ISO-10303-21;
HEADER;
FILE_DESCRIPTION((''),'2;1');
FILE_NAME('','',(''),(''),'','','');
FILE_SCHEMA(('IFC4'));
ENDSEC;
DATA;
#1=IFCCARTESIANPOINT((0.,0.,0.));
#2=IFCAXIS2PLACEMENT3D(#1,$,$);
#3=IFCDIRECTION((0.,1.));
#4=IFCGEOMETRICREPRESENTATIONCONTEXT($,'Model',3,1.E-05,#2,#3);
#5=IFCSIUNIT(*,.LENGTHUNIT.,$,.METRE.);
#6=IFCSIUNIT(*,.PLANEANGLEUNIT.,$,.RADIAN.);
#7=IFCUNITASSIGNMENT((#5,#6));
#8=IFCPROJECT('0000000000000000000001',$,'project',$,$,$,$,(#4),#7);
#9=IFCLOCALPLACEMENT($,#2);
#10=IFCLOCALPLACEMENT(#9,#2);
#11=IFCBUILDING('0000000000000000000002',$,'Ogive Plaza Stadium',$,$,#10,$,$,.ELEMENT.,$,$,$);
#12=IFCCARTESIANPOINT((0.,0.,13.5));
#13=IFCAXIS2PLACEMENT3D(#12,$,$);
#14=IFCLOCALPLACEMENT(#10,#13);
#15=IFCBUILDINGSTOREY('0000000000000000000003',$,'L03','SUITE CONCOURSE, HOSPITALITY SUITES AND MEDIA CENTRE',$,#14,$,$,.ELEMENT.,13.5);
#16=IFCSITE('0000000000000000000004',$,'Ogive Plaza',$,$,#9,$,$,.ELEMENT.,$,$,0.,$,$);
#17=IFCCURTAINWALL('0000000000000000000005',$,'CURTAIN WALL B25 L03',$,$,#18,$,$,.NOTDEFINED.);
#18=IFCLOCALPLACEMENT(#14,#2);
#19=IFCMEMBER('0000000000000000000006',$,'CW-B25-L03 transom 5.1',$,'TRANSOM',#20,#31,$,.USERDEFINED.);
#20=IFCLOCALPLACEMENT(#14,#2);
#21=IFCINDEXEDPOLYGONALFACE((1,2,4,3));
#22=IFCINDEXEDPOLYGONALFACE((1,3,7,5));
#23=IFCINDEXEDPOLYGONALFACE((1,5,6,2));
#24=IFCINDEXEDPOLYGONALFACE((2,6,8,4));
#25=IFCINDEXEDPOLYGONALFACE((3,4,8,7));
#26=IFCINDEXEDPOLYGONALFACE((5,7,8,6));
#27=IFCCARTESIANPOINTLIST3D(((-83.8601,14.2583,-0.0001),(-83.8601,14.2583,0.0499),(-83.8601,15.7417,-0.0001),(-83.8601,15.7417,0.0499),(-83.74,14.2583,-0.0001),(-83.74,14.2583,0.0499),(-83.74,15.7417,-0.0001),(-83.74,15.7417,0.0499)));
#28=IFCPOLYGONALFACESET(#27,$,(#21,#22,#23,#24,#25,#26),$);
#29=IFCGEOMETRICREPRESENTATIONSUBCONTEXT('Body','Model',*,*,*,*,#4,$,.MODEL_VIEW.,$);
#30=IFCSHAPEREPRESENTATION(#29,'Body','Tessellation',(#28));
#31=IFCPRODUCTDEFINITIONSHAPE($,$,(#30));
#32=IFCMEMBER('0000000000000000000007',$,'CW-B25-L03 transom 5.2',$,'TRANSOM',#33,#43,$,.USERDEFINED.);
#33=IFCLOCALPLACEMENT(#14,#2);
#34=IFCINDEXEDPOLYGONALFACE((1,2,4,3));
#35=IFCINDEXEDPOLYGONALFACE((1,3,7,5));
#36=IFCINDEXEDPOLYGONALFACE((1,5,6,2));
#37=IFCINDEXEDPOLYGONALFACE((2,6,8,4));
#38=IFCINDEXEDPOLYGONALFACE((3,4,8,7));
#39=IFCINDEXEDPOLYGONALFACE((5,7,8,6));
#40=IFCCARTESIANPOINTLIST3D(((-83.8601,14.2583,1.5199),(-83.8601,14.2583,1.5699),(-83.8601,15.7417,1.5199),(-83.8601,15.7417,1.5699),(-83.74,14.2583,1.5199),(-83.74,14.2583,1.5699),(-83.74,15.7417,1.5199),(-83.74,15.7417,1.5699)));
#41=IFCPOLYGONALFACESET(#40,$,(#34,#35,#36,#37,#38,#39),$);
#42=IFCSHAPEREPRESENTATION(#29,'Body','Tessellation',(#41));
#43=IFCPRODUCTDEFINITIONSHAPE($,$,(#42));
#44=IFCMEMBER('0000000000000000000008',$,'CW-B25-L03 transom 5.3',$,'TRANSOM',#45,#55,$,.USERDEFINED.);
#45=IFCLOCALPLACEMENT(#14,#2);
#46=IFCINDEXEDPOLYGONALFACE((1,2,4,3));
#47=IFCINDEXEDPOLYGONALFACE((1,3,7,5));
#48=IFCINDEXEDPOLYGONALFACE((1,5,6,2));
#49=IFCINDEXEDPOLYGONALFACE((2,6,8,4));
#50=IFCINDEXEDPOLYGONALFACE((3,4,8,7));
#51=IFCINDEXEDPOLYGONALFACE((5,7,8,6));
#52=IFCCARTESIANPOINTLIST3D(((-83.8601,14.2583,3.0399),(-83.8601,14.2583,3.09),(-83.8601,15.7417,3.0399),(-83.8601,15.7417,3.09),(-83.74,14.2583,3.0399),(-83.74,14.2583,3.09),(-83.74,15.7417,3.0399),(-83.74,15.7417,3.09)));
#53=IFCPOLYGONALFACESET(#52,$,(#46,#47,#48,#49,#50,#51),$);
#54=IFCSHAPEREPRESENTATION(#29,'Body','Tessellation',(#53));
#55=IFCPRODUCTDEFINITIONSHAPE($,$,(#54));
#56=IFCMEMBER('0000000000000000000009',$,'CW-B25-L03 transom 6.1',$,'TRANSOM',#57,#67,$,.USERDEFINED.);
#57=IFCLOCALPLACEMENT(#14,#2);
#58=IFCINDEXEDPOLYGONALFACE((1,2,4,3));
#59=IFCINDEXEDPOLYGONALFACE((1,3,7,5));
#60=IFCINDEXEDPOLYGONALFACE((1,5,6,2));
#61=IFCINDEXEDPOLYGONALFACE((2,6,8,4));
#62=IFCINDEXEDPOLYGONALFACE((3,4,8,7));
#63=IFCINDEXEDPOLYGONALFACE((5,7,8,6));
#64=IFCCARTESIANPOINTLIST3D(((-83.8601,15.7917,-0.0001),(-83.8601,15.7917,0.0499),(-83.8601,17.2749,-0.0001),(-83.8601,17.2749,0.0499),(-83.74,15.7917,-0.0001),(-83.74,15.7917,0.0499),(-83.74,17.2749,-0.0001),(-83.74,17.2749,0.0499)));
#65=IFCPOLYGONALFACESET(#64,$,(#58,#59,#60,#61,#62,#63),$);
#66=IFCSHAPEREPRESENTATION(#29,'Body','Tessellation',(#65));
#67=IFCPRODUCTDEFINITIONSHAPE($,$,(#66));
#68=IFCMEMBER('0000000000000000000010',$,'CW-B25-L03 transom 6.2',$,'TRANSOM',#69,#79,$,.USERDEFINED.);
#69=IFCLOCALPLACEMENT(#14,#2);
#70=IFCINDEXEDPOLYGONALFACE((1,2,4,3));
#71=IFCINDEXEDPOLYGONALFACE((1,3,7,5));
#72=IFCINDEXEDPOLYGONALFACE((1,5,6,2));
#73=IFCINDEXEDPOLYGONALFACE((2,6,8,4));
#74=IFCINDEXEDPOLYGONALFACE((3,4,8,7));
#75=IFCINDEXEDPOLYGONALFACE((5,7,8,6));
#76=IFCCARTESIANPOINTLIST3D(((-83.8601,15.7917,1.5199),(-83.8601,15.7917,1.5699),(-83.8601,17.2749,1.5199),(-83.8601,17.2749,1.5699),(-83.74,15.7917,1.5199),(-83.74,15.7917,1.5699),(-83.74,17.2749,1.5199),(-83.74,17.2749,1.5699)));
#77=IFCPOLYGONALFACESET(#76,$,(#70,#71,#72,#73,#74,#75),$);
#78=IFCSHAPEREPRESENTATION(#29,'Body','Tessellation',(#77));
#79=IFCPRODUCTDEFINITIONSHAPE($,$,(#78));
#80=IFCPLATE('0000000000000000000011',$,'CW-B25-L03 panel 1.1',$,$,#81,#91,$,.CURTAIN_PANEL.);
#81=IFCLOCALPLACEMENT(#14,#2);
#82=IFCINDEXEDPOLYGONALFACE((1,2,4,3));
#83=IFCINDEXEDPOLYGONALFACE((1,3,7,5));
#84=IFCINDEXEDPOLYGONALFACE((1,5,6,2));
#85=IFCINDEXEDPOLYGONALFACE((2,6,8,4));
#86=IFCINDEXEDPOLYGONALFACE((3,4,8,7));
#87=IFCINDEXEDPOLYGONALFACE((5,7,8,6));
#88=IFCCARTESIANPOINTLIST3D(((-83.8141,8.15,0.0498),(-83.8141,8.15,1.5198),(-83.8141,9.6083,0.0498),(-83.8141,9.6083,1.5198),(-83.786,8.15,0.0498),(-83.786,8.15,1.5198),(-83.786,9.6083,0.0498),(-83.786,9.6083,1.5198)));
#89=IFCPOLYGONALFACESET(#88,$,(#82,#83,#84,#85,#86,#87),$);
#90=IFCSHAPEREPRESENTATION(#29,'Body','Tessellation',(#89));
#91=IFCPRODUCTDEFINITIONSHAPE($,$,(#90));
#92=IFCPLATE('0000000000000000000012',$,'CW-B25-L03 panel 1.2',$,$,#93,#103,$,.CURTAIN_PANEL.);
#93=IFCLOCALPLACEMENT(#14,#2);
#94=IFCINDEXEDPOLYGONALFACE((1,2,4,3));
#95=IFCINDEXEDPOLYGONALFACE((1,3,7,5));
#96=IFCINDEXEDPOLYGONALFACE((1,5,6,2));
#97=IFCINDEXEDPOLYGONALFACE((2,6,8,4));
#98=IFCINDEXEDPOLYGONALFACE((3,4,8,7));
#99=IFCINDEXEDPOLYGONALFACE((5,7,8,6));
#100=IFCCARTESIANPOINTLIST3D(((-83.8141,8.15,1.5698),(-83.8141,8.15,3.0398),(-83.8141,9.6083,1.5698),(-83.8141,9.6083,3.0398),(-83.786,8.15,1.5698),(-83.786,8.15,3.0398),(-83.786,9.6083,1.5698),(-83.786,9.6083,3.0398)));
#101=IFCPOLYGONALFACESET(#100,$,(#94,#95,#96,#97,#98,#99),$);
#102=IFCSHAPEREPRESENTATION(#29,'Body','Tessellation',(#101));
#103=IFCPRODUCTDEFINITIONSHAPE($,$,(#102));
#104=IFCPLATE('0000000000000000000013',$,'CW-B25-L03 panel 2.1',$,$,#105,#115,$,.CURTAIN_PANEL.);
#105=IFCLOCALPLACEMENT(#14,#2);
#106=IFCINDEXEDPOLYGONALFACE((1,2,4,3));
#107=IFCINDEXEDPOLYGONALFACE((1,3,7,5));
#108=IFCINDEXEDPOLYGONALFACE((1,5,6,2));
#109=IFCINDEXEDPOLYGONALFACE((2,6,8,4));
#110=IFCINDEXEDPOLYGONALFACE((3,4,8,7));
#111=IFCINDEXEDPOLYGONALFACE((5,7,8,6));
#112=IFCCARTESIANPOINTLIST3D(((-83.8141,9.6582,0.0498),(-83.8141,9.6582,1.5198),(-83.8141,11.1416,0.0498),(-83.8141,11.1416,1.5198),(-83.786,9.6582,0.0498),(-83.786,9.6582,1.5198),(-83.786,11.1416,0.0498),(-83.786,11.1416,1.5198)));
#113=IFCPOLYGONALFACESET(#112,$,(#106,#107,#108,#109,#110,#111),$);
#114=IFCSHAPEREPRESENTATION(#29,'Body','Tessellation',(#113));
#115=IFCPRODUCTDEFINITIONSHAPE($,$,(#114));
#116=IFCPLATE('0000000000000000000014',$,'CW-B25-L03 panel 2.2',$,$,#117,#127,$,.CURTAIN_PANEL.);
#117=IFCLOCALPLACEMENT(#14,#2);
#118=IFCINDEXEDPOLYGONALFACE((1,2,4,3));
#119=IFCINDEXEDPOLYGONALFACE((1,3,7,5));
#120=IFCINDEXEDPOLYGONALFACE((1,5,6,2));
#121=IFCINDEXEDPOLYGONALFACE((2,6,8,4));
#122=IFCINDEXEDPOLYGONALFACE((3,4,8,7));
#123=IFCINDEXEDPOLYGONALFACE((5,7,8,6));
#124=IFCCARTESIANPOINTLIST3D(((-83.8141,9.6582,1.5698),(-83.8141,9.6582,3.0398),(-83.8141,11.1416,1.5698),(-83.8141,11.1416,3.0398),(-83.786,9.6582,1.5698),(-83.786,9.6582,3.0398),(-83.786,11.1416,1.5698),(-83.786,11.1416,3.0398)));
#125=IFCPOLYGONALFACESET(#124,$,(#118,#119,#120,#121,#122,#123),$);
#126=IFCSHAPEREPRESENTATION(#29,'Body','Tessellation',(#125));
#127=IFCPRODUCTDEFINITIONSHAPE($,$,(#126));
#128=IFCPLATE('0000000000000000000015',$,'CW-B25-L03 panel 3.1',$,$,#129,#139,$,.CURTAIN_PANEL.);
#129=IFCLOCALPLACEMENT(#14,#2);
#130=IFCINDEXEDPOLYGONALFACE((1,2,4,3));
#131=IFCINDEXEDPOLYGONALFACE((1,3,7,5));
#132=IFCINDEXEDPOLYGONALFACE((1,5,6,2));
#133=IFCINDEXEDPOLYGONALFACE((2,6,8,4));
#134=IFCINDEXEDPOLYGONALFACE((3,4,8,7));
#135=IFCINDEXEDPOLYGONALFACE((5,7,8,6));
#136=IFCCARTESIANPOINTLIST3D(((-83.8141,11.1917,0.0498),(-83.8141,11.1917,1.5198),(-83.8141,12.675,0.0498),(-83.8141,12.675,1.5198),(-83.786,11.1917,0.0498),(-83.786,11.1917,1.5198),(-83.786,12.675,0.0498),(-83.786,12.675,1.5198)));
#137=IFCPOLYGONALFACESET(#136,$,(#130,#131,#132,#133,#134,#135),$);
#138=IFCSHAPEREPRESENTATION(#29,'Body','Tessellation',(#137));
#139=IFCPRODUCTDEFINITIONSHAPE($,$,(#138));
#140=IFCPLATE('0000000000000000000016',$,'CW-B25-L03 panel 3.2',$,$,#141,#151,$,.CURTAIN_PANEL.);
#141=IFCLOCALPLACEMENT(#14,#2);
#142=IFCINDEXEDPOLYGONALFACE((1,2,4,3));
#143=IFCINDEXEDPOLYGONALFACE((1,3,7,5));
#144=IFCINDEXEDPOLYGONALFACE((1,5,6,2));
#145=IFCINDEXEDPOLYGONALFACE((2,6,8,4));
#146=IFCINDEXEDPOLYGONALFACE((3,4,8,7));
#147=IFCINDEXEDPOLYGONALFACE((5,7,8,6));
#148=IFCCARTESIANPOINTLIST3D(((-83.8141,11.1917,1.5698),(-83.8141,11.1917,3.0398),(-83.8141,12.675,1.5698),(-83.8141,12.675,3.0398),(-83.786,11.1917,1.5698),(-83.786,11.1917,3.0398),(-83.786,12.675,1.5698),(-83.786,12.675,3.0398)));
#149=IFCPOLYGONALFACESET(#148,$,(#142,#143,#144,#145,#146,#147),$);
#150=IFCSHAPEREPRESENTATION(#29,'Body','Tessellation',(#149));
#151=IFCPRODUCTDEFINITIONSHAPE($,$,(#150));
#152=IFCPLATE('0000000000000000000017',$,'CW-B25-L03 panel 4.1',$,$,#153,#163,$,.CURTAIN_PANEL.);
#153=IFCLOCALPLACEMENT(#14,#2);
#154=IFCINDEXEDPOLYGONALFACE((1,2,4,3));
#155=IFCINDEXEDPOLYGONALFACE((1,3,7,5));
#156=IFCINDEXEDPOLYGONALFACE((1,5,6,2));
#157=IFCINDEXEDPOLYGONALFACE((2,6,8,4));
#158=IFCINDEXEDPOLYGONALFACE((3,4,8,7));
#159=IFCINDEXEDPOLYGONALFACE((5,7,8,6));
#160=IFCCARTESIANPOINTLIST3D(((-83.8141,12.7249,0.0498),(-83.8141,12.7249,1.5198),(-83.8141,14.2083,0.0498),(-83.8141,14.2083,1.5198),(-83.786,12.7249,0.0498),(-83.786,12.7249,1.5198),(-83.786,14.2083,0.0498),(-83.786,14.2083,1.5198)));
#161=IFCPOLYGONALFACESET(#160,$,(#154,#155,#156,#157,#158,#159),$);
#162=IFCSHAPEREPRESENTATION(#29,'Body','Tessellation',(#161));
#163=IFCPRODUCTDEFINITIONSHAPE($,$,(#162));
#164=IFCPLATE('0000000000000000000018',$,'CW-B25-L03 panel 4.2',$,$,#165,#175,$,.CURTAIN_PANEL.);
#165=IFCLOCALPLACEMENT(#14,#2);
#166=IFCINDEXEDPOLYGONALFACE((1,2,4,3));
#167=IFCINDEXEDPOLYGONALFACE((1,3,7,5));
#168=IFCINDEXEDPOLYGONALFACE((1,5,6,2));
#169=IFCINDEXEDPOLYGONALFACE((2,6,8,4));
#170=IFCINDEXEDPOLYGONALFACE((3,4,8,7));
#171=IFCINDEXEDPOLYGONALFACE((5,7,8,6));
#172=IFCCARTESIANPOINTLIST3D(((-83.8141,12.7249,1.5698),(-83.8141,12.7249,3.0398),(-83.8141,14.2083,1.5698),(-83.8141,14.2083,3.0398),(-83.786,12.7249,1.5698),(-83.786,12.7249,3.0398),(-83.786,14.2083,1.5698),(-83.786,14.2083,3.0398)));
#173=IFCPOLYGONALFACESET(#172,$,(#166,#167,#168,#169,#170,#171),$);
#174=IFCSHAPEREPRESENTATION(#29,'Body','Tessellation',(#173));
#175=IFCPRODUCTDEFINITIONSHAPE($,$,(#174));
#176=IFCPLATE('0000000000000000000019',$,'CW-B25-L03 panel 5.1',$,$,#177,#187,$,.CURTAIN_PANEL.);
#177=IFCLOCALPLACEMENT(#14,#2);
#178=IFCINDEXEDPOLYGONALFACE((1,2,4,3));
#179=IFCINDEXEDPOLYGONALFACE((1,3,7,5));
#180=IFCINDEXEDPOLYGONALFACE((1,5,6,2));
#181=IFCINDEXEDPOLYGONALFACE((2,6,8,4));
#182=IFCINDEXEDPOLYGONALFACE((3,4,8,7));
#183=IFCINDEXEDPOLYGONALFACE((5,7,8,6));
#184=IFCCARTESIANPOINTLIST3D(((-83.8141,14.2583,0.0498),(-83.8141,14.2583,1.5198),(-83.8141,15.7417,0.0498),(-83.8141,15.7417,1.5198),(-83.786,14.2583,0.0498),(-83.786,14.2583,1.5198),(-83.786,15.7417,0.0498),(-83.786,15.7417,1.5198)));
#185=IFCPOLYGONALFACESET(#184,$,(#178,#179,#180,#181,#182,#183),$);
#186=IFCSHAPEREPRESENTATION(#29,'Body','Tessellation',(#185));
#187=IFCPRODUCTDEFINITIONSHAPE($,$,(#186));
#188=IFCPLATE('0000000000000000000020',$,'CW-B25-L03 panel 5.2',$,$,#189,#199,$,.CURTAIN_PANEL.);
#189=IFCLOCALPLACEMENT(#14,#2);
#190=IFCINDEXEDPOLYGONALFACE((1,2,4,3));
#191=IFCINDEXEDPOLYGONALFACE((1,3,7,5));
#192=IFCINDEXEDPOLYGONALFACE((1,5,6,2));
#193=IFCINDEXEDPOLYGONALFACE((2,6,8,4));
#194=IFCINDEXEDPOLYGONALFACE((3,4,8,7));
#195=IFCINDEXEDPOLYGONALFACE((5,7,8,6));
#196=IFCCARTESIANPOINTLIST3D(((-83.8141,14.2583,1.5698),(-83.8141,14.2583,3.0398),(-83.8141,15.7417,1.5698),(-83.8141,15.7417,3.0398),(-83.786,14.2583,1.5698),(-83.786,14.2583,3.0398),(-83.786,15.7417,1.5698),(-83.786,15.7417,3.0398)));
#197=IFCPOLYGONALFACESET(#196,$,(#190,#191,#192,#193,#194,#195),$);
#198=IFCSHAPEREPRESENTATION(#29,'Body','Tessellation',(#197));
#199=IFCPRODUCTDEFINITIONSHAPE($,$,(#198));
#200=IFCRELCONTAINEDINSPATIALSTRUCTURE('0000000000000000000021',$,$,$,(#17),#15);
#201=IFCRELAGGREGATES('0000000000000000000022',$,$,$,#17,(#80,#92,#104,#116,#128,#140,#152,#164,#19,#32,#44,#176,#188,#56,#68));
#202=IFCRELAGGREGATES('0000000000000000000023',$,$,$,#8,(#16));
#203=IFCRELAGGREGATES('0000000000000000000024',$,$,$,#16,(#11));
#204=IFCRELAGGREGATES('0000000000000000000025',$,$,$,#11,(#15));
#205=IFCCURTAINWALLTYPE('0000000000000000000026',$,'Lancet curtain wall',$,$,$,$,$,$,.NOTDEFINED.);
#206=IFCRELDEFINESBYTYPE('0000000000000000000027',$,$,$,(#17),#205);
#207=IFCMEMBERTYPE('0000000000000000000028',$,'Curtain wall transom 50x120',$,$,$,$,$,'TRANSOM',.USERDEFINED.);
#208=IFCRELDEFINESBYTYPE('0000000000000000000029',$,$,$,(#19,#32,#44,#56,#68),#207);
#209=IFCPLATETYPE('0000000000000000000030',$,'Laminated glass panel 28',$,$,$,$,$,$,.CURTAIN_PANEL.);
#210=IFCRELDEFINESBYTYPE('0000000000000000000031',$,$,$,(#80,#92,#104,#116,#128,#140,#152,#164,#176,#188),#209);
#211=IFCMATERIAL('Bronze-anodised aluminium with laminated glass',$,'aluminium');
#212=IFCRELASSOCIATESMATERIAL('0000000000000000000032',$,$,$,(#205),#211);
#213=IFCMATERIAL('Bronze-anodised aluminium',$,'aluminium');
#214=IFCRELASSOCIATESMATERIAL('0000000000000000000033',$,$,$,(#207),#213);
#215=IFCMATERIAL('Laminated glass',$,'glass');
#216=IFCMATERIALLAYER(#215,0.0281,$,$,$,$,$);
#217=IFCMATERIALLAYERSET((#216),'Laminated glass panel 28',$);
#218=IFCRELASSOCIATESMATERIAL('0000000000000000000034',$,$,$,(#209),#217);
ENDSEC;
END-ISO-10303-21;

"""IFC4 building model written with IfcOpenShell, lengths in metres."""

from ifc_helpers import new_model, si_unit, direction, frame, origin, origin_2d, place, context, subcontext, project, spatial, rectangle, extrude, material, layer, layer_set, material_profile, profile_set, type_object, element, aggregate, save


model = new_model("IFC4")

# Units and contexts
model_context = context("Model", 3, precision=1e-05, world=origin(), true_north=direction((0.0, 1.0)))
body_context = subcontext(model_context, "Body", "Model", "MODEL_VIEW")
ifc_project = project(units=[si_unit("LENGTHUNIT", "METRE"), si_unit("PLANEANGLEUNIT", "RADIAN")], contexts=[model_context])

# Site, building, storey
site_placement = place(None, origin())
site = spatial("IfcSite", under=ifc_project, at=site_placement, Name="Ogive Plaza", CompositionType="ELEMENT", RefElevation=0.0)
building_placement = place(site_placement, origin())
building = spatial("IfcBuilding", under=site, at=building_placement, Name="Ogive Plaza Stadium", CompositionType="ELEMENT")
storey_placement = place(building_placement, frame((0.0, 0.0, 13.5)))
storey = spatial("IfcBuildingStorey", under=building, at=storey_placement, Name="L03", Description="SUITE CONCOURSE, HOSPITALITY SUITES AND MEDIA CENTRE", CompositionType="ELEMENT", Elevation=13.5)

# Curtain wall, members, plates
ifc_material_1 = material(Name="Bronze-anodised aluminium with laminated glass", Category="aluminium")
curtain_wall_type = type_object("IfcCurtainWallType", Name="Lancet curtain wall", PredefinedType="NOTDEFINED", material=ifc_material_1)
curtain_wall_placement = place(storey_placement, origin())
curtain_wall = element("IfcCurtainWall", 1, at=curtain_wall_placement, inside=storey, type_object=curtain_wall_type, Name="CURTAIN WALL B25 L03", PredefinedType="NOTDEFINED")
ifc_material_2 = material(Name="Bronze-anodised aluminium", Category="aluminium")
ifc_material_profile_1 = material_profile(ifc_material_2, rectangle(XDim=0.1201, YDim=0.05, at=origin_2d()), Name="AL 120x50")
ifc_profile_set_1 = profile_set([ifc_material_profile_1], Name="Bronze-anodised aluminium")
member_type_1 = type_object("IfcMemberType", Name="Curtain wall transom 50x120", ElementType="TRANSOM", PredefinedType="USERDEFINED", material=ifc_profile_set_1)
member_1_placement = place(storey_placement, frame((-83.8, 14.2583, 0.0249), z_axis=(0.0, 1.0, 0.0), x_axis=(-1.0, 0.0, 0.0)))
member_1 = element("IfcMember", 2, at=member_1_placement, type_object=member_type_1, Name="CW-B25-L03 transom 5.1", ObjectType="TRANSOM", PredefinedType="USERDEFINED", context=body_context, shape_type="SweptSolid", body=[
    extrude(rectangle(XDim=0.1201, YDim=0.05, at=origin_2d()), origin(), (0.0, 0.0, 1.0), 1.4834),
])
member_2_placement = place(storey_placement, frame((-83.8, 14.2583, 1.5449), z_axis=(0.0, 1.0, 0.0), x_axis=(-1.0, 0.0, 0.0)))
member_2 = element("IfcMember", 3, at=member_2_placement, type_object=member_type_1, Name="CW-B25-L03 transom 5.2", ObjectType="TRANSOM", PredefinedType="USERDEFINED", context=body_context, shape_type="SweptSolid", body=[
    extrude(rectangle(XDim=0.1201, YDim=0.05, at=origin_2d()), origin(), (0.0, 0.0, 1.0), 1.4834),
])
member_3_placement = place(storey_placement, frame((-83.8, 14.2583, 3.0649), z_axis=(0.0, 1.0, 0.0), x_axis=(-1.0, 0.0, 0.0)))
member_3 = element("IfcMember", 4, at=member_3_placement, type_object=member_type_1, Name="CW-B25-L03 transom 5.3", ObjectType="TRANSOM", PredefinedType="USERDEFINED", context=body_context, shape_type="SweptSolid", body=[
    extrude(rectangle(XDim=0.1201, YDim=0.05, at=origin_2d()), origin(), (0.0, 0.0, 1.0), 1.4834),
])
member_4_placement = place(storey_placement, frame((-83.8, 15.7917, 0.0249), z_axis=(0.0, 1.0, 0.0), x_axis=(-1.0, 0.0, 0.0)))
member_4 = element("IfcMember", 5, at=member_4_placement, type_object=member_type_1, Name="CW-B25-L03 transom 6.1", ObjectType="TRANSOM", PredefinedType="USERDEFINED", context=body_context, shape_type="SweptSolid", body=[
    extrude(rectangle(XDim=0.1201, YDim=0.05, at=origin_2d()), origin(), (0.0, 0.0, 1.0), 1.4832),
])
member_5_placement = place(storey_placement, frame((-83.8, 15.7917, 1.5449), z_axis=(0.0, 1.0, 0.0), x_axis=(-1.0, 0.0, 0.0)))
member_5 = element("IfcMember", 6, at=member_5_placement, type_object=member_type_1, Name="CW-B25-L03 transom 6.2", ObjectType="TRANSOM", PredefinedType="USERDEFINED", context=body_context, shape_type="SweptSolid", body=[
    extrude(rectangle(XDim=0.1201, YDim=0.05, at=origin_2d()), origin(), (0.0, 0.0, 1.0), 1.4832),
])
ifc_material_3 = material(Name="Laminated glass", Category="glass")
ifc_layer_1 = layer(ifc_material_3, 0.0281)
ifc_layer_set_1 = layer_set([ifc_layer_1], Name="Laminated glass panel 28")
plate_type = type_object("IfcPlateType", Name="Laminated glass panel 28", PredefinedType="CURTAIN_PANEL", material=ifc_layer_set_1)
plate_1_placement = place(storey_placement, frame((-83.8, 8.8792, 0.0498), z_axis=(0.0, 0.0, 1.0), x_axis=(0.0, 1.0, 0.0)))
plate_1 = element("IfcPlate", 7, at=plate_1_placement, type_object=plate_type, Name="CW-B25-L03 panel 1.1", PredefinedType="CURTAIN_PANEL", context=body_context, shape_type="SweptSolid", body=[
    extrude(rectangle(XDim=1.4583, YDim=0.0281, at=origin_2d()), origin(), (0.0, 0.0, 1.0), 1.47),
])
plate_2_placement = place(storey_placement, frame((-83.8, 8.8792, 1.5698), z_axis=(0.0, 0.0, 1.0), x_axis=(0.0, 1.0, 0.0)))
plate_2 = element("IfcPlate", 8, at=plate_2_placement, type_object=plate_type, Name="CW-B25-L03 panel 1.2", PredefinedType="CURTAIN_PANEL", context=body_context, shape_type="SweptSolid", body=[
    extrude(rectangle(XDim=1.4583, YDim=0.0281, at=origin_2d()), origin(), (0.0, 0.0, 1.0), 1.47),
])
plate_3_placement = place(storey_placement, frame((-83.8, 10.3999, 0.0498), z_axis=(0.0, 0.0, 1.0), x_axis=(0.0, 1.0, 0.0)))
plate_3 = element("IfcPlate", 9, at=plate_3_placement, type_object=plate_type, Name="CW-B25-L03 panel 2.1", PredefinedType="CURTAIN_PANEL", context=body_context, shape_type="SweptSolid", body=[
    extrude(rectangle(XDim=1.4834, YDim=0.0281, at=origin_2d()), origin(), (0.0, 0.0, 1.0), 1.47),
])
plate_4_placement = place(storey_placement, frame((-83.8, 10.3999, 1.5698), z_axis=(0.0, 0.0, 1.0), x_axis=(0.0, 1.0, 0.0)))
plate_4 = element("IfcPlate", 10, at=plate_4_placement, type_object=plate_type, Name="CW-B25-L03 panel 2.2", PredefinedType="CURTAIN_PANEL", context=body_context, shape_type="SweptSolid", body=[
    extrude(rectangle(XDim=1.4834, YDim=0.0281, at=origin_2d()), origin(), (0.0, 0.0, 1.0), 1.47),
])
plate_5_placement = place(storey_placement, frame((-83.8, 11.9333, 0.0498), z_axis=(0.0, 0.0, 1.0), x_axis=(0.0, 1.0, 0.0)))
plate_5 = element("IfcPlate", 11, at=plate_5_placement, type_object=plate_type, Name="CW-B25-L03 panel 3.1", PredefinedType="CURTAIN_PANEL", context=body_context, shape_type="SweptSolid", body=[
    extrude(rectangle(XDim=1.4834, YDim=0.0281, at=origin_2d()), origin(), (0.0, 0.0, 1.0), 1.47),
])
plate_6_placement = place(storey_placement, frame((-83.8, 11.9333, 1.5698), z_axis=(0.0, 0.0, 1.0), x_axis=(0.0, 1.0, 0.0)))
plate_6 = element("IfcPlate", 12, at=plate_6_placement, type_object=plate_type, Name="CW-B25-L03 panel 3.2", PredefinedType="CURTAIN_PANEL", context=body_context, shape_type="SweptSolid", body=[
    extrude(rectangle(XDim=1.4834, YDim=0.0281, at=origin_2d()), origin(), (0.0, 0.0, 1.0), 1.47),
])
plate_7_placement = place(storey_placement, frame((-83.8, 13.4666, 0.0498), z_axis=(0.0, 0.0, 1.0), x_axis=(0.0, 1.0, 0.0)))
plate_7 = element("IfcPlate", 13, at=plate_7_placement, type_object=plate_type, Name="CW-B25-L03 panel 4.1", PredefinedType="CURTAIN_PANEL", context=body_context, shape_type="SweptSolid", body=[
    extrude(rectangle(XDim=1.4834, YDim=0.0281, at=origin_2d()), origin(), (0.0, 0.0, 1.0), 1.47),
])
plate_8_placement = place(storey_placement, frame((-83.8, 13.4666, 1.5698), z_axis=(0.0, 0.0, 1.0), x_axis=(0.0, 1.0, 0.0)))
plate_8 = element("IfcPlate", 14, at=plate_8_placement, type_object=plate_type, Name="CW-B25-L03 panel 4.2", PredefinedType="CURTAIN_PANEL", context=body_context, shape_type="SweptSolid", body=[
    extrude(rectangle(XDim=1.4834, YDim=0.0281, at=origin_2d()), origin(), (0.0, 0.0, 1.0), 1.47),
])
plate_9_placement = place(storey_placement, frame((-83.8, 15.0, 0.0498), z_axis=(0.0, 0.0, 1.0), x_axis=(0.0, 1.0, 0.0)))
plate_9 = element("IfcPlate", 15, at=plate_9_placement, type_object=plate_type, Name="CW-B25-L03 panel 5.1", PredefinedType="CURTAIN_PANEL", context=body_context, shape_type="SweptSolid", body=[
    extrude(rectangle(XDim=1.4834, YDim=0.0281, at=origin_2d()), origin(), (0.0, 0.0, 1.0), 1.47),
])
plate_10_placement = place(storey_placement, frame((-83.8, 15.0, 1.5698), z_axis=(0.0, 0.0, 1.0), x_axis=(0.0, 1.0, 0.0)))
plate_10 = element("IfcPlate", 16, at=plate_10_placement, type_object=plate_type, Name="CW-B25-L03 panel 5.2", PredefinedType="CURTAIN_PANEL", context=body_context, shape_type="SweptSolid", body=[
    extrude(rectangle(XDim=1.4834, YDim=0.0281, at=origin_2d()), origin(), (0.0, 0.0, 1.0), 1.47),
])
aggregate(curtain_wall, [plate_1, plate_2, plate_3, plate_4, plate_5, plate_6, plate_7, plate_8, member_1, member_2, member_3, plate_9, plate_10, member_4, member_5])

save(model, "model.ifc")
